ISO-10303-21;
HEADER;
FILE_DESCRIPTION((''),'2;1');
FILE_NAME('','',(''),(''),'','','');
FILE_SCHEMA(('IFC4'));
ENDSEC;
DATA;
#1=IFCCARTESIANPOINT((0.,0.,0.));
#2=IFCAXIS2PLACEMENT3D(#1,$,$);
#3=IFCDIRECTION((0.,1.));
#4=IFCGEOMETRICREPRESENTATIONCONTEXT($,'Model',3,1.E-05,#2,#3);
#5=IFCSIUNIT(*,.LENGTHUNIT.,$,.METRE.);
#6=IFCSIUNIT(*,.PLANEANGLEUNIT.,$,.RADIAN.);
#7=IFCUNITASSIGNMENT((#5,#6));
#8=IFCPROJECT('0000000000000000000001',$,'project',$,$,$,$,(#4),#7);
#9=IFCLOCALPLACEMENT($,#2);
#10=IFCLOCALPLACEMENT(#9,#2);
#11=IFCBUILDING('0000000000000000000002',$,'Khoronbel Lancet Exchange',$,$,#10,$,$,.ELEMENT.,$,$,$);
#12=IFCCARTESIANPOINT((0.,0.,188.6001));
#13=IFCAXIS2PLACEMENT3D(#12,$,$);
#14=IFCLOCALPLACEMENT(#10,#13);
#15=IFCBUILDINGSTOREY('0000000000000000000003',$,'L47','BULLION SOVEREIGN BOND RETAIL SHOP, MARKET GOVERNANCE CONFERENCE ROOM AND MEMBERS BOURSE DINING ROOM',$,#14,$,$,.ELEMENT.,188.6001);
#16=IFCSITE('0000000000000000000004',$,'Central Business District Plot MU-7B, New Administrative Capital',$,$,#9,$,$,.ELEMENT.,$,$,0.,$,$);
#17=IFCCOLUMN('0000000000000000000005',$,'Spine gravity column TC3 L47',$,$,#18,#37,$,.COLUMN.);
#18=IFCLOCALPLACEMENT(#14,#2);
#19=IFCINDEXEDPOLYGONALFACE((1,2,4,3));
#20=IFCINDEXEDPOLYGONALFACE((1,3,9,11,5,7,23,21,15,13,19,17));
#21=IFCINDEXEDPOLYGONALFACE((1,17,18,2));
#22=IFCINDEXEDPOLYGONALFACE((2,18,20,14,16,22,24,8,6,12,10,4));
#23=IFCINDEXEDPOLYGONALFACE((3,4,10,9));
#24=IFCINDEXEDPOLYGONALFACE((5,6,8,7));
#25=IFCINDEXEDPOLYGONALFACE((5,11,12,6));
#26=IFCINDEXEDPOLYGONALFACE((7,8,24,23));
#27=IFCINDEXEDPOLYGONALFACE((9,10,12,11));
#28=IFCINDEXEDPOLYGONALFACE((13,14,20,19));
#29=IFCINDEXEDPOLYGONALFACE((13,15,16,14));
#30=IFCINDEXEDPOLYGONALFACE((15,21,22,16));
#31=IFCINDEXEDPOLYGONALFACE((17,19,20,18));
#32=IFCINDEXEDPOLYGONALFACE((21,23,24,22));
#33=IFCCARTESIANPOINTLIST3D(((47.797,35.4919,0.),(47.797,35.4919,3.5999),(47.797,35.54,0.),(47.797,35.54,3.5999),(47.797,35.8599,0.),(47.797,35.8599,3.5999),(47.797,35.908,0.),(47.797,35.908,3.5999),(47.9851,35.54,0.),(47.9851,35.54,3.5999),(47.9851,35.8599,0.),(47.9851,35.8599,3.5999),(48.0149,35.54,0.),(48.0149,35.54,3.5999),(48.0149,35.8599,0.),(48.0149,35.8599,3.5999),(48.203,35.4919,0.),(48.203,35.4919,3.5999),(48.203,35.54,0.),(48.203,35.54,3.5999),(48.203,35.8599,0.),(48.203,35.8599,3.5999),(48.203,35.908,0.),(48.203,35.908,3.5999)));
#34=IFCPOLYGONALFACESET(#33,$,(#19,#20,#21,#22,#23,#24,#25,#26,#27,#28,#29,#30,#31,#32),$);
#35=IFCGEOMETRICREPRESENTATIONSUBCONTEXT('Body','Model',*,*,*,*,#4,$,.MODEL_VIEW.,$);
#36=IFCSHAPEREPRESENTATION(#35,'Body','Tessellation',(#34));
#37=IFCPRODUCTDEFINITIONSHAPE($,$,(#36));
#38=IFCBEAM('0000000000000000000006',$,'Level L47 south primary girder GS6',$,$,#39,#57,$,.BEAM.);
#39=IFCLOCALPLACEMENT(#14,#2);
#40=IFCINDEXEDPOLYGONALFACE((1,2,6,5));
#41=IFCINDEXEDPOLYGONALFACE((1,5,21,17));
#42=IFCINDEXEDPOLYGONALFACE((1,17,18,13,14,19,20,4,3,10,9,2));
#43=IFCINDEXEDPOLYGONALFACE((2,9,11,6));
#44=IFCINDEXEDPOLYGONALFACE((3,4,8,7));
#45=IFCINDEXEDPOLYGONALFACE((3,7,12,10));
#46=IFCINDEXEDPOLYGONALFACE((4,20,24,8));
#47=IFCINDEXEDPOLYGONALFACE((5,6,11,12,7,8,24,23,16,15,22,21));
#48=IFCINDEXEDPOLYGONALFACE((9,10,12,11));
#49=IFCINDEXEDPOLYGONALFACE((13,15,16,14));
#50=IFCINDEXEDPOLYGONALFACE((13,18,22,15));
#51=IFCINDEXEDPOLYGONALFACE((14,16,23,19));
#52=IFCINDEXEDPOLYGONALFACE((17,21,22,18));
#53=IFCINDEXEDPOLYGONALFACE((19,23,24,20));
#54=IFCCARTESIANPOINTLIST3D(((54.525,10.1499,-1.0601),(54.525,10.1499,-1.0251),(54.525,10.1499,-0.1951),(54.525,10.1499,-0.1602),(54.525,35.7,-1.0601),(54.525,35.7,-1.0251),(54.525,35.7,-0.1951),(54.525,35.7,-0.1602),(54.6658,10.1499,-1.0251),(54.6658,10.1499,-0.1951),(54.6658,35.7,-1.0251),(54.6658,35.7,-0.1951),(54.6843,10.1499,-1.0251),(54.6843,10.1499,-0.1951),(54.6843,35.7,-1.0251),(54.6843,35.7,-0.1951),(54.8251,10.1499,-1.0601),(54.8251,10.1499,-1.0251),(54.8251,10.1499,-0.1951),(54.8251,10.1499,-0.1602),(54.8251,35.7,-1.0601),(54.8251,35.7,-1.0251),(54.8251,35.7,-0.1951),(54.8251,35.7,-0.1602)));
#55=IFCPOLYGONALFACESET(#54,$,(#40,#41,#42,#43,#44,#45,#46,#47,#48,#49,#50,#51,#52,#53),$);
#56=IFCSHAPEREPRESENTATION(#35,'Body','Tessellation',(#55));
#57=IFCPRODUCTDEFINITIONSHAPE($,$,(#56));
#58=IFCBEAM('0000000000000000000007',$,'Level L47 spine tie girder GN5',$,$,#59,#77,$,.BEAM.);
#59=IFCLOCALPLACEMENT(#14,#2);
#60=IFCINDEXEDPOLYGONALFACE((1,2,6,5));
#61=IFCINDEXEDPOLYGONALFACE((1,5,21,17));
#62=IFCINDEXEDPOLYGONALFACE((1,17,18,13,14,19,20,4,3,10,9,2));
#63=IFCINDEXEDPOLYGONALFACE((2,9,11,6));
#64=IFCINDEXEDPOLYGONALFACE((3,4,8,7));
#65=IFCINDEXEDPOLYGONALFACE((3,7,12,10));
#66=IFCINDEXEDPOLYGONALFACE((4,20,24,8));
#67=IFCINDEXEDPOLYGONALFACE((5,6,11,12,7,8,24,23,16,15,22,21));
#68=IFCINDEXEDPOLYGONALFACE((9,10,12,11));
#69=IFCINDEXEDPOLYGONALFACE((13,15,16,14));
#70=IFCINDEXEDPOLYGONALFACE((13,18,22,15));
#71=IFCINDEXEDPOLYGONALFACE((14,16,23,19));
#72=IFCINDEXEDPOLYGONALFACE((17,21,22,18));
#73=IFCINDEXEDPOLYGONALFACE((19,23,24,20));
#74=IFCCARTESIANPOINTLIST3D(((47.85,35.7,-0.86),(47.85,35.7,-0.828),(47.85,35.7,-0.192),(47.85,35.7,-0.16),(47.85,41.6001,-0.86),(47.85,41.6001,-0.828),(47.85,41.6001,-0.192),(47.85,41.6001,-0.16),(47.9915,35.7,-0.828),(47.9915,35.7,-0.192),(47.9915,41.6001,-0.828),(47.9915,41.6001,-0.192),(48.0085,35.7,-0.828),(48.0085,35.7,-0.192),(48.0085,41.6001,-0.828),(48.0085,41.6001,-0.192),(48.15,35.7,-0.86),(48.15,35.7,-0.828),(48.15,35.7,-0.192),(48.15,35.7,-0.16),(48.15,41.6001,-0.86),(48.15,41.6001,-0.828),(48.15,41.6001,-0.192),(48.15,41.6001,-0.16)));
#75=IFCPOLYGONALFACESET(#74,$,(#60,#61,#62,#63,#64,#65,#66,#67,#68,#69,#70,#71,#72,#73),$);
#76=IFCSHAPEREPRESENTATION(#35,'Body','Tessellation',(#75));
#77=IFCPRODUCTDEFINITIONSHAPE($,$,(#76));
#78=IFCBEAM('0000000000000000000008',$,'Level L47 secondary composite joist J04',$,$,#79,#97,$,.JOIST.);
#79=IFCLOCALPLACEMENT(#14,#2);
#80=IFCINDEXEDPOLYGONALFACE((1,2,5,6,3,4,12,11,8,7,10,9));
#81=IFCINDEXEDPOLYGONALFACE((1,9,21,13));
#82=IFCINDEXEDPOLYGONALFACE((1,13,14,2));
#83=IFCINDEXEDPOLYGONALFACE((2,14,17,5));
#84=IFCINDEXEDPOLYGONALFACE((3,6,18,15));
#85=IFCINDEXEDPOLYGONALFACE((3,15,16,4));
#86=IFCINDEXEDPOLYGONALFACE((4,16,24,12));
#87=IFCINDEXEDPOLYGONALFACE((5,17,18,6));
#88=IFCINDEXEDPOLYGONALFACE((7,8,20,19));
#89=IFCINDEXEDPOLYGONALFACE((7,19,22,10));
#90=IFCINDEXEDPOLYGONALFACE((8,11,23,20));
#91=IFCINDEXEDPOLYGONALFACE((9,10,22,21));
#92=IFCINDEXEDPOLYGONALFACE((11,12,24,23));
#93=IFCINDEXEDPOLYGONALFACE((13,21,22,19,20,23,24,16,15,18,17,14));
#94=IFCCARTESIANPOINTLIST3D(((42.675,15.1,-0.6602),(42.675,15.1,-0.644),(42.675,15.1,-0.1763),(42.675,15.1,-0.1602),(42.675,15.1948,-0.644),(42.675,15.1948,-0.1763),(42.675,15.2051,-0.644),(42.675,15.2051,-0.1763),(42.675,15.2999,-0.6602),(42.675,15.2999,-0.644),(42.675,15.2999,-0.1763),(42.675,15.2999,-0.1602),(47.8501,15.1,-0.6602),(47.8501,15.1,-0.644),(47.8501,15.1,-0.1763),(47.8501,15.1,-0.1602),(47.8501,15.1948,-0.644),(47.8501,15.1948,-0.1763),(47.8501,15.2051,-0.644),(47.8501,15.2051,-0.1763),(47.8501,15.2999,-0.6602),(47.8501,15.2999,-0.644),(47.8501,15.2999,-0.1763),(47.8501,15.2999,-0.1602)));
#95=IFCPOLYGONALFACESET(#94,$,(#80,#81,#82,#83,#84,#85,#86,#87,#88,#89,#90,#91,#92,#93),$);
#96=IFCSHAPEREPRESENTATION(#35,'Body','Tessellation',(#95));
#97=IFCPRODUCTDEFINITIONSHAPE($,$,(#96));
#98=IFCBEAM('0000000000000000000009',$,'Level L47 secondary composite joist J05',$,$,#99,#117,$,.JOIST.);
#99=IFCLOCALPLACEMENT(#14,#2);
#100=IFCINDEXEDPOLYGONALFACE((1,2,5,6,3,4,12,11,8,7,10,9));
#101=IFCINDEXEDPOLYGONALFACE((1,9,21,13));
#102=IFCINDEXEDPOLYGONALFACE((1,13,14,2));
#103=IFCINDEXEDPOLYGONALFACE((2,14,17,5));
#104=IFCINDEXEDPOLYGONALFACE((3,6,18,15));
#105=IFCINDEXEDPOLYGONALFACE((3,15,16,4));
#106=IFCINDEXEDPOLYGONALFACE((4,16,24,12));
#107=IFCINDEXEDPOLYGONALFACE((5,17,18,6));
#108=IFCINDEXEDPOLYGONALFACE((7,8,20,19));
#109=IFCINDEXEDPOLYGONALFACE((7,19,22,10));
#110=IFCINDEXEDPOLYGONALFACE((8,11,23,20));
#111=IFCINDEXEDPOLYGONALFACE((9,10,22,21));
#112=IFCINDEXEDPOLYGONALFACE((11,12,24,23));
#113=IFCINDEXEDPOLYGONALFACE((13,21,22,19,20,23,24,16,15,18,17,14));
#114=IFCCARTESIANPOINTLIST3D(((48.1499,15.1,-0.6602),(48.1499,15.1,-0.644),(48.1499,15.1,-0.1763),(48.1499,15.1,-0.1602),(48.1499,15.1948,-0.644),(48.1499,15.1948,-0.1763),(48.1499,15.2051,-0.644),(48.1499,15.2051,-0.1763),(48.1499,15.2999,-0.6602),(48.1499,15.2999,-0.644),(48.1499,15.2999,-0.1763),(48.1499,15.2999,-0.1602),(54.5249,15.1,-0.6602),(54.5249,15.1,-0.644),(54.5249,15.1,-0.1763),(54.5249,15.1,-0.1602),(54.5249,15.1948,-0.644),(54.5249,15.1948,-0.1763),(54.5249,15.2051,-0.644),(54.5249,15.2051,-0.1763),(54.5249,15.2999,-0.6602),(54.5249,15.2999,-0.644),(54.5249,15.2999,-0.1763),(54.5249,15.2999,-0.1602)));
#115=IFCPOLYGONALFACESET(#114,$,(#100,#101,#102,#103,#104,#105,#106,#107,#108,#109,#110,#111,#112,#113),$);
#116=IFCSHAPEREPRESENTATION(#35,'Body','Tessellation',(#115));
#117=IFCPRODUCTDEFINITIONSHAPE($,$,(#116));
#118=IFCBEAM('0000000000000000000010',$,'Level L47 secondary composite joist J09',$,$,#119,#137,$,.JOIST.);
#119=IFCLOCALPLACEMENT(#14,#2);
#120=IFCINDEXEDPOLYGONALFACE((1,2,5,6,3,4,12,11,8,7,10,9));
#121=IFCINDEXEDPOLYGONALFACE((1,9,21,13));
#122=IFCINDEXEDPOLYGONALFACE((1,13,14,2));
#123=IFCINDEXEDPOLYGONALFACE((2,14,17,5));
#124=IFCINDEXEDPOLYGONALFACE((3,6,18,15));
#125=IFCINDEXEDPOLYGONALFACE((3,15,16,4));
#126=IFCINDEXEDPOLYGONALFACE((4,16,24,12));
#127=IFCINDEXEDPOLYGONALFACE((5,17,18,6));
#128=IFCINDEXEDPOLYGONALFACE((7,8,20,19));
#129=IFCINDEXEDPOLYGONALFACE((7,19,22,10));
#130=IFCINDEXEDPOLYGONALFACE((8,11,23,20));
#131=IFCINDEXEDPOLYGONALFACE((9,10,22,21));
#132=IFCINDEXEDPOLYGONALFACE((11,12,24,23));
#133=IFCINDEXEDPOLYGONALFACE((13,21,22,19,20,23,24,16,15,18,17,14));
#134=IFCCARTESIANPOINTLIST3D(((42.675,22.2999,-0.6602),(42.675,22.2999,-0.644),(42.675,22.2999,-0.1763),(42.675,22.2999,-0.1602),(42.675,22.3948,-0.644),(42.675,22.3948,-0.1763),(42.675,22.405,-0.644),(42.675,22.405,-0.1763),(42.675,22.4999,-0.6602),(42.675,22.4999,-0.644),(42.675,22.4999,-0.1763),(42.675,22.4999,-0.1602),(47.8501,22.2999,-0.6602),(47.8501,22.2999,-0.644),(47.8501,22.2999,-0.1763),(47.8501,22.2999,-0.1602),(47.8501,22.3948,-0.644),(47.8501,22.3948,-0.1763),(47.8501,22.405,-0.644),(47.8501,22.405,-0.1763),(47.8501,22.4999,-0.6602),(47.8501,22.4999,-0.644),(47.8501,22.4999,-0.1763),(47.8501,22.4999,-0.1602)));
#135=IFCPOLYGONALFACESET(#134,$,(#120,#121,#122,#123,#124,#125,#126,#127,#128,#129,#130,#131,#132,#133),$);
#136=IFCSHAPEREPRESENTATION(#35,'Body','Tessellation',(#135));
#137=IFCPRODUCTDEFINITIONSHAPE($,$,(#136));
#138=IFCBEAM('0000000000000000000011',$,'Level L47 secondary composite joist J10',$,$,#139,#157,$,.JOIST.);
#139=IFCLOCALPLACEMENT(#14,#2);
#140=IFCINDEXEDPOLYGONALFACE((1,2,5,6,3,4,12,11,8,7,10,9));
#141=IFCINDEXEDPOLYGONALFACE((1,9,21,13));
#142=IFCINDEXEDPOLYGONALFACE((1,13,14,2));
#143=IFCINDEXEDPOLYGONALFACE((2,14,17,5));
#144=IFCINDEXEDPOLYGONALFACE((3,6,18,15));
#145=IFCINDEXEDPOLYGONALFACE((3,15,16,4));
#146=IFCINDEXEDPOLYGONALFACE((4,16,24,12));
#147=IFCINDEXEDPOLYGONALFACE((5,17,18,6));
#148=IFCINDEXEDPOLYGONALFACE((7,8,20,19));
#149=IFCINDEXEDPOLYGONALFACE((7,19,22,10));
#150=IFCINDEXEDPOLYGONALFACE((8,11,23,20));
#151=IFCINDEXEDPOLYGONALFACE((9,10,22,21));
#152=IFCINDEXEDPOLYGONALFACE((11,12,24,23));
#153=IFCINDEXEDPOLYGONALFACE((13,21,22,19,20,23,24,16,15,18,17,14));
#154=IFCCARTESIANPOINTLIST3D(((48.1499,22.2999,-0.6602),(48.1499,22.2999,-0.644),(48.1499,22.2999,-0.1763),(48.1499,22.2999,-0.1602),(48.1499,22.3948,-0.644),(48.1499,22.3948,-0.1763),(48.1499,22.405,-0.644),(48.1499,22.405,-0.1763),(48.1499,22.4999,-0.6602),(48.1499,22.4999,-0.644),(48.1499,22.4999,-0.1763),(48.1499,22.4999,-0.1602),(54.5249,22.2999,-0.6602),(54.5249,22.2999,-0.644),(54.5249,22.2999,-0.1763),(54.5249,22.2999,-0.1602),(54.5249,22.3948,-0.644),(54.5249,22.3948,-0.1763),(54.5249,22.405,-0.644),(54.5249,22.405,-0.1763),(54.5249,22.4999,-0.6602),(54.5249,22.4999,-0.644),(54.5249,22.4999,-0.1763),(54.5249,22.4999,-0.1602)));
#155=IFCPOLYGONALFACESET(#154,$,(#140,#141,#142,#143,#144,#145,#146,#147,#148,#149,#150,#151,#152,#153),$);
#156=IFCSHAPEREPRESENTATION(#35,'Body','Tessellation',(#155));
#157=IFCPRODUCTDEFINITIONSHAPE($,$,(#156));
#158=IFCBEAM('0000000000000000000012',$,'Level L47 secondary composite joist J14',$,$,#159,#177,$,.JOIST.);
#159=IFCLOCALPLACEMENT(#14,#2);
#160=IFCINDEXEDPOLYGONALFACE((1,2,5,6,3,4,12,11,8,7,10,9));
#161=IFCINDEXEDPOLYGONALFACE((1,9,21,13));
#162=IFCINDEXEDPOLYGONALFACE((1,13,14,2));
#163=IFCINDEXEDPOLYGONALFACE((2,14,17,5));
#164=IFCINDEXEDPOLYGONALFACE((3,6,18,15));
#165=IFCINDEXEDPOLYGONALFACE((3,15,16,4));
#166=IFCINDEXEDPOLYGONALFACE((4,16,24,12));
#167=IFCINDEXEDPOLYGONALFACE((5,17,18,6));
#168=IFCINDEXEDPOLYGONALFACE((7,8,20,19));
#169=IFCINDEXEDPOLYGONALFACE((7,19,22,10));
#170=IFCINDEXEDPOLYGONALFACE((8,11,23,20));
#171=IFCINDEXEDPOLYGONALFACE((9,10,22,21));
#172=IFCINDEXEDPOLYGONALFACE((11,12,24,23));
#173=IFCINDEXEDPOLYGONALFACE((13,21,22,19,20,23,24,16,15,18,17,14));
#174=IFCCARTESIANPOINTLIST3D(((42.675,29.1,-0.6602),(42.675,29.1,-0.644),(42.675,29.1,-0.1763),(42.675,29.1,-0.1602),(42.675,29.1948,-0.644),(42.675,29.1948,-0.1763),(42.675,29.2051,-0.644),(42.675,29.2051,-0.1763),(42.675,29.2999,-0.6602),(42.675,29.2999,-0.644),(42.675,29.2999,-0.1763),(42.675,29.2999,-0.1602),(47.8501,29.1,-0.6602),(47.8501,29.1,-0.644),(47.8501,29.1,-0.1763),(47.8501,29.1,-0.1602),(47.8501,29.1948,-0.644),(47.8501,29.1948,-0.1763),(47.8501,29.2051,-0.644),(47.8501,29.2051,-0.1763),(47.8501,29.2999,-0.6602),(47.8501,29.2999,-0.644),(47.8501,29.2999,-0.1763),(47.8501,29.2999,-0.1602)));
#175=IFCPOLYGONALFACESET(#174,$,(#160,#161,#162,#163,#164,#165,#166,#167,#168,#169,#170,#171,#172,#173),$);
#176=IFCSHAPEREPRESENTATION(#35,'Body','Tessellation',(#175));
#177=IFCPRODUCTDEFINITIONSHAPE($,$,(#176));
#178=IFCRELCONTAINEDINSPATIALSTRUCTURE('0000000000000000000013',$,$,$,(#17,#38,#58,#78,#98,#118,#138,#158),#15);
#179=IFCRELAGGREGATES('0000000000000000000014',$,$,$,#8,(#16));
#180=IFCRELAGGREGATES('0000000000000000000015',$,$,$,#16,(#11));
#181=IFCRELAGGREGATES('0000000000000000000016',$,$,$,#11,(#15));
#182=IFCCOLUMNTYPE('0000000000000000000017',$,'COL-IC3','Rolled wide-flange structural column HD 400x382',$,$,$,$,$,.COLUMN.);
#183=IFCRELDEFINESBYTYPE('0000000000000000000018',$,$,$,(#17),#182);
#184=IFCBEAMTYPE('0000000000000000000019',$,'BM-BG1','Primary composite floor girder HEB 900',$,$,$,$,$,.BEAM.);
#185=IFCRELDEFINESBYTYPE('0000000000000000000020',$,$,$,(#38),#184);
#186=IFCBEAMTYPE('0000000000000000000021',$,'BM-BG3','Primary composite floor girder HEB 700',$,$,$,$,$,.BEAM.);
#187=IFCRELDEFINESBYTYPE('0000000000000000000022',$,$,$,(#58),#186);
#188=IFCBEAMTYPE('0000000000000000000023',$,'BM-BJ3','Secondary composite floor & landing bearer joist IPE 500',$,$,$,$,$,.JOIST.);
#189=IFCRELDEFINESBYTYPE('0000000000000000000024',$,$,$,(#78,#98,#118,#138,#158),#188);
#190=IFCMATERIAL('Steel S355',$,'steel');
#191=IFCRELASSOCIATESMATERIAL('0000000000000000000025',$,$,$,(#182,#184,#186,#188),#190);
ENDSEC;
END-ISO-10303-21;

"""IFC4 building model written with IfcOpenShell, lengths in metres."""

from ifc_helpers import new_model, si_unit, direction, frame, origin, origin_2d, place, context, subcontext, project, spatial, i_section, extrude, material, material_profile, profile_set, type_object, element, save


model = new_model("IFC4")

# Units and contexts
model_context = context("Model", 3, precision=1e-05, world=origin(), true_north=direction((0.0, 1.0)))
body_context = subcontext(model_context, "Body", "Model", "MODEL_VIEW")
ifc_project = project(units=[si_unit("LENGTHUNIT", "METRE"), si_unit("PLANEANGLEUNIT", "RADIAN")], contexts=[model_context])

# Site, building, storey
site_placement = place(None, origin())
site = spatial("IfcSite", under=ifc_project, at=site_placement, Name="Central Business District Plot MU-7B, New Administrative Capital", CompositionType="ELEMENT", RefElevation=0.0)
building_placement = place(site_placement, origin())
building = spatial("IfcBuilding", under=site, at=building_placement, Name="Khoronbel Lancet Exchange", CompositionType="ELEMENT")
storey_placement = place(building_placement, frame((0.0, 0.0, 188.6001)))
storey = spatial("IfcBuildingStorey", under=building, at=storey_placement, Name="L47", Description="BULLION SOVEREIGN BOND RETAIL SHOP, MARKET GOVERNANCE CONFERENCE ROOM AND MEMBERS BOURSE DINING ROOM", CompositionType="ELEMENT", Elevation=188.6001)

# Column
ifc_material_1 = material(Name="Steel S355", Category="steel")
ifc_material_profile_1 = material_profile(ifc_material_1, i_section(OverallWidth=0.406, OverallDepth=0.416, WebThickness=0.0298, FlangeThickness=0.0481, at=origin_2d()), Name="HD 400x382")
ifc_profile_set_1 = profile_set([ifc_material_profile_1], Name="Steel S355")
column_type = type_object("IfcColumnType", Name="COL-IC3", Description="Rolled wide-flange structural column HD 400x382", PredefinedType="COLUMN", material=ifc_profile_set_1)
column_placement = place(storey_placement, frame((48.0, 35.7, 0.0), z_axis=(0.0, 0.0, 1.0), x_axis=(1.0, 0.0, 0.0)))
element("IfcColumn", 1, at=column_placement, inside=storey, type_object=column_type, Name="Spine gravity column TC3 L47", PredefinedType="COLUMN", context=body_context, shape_type="SweptSolid", body=[
    extrude(i_section(OverallWidth=0.406, OverallDepth=0.416, WebThickness=0.0298, FlangeThickness=0.0481, at=origin_2d()), origin(), (0.0, 0.0, 1.0), 3.5999),
])

# Beams
ifc_material_profile_2 = material_profile(ifc_material_1, i_section(OverallWidth=0.3, OverallDepth=0.8999, WebThickness=0.0186, FlangeThickness=0.0349, at=origin_2d()), Name="HEB 900")
ifc_profile_set_2 = profile_set([ifc_material_profile_2], Name="Steel S355")
beam_type_1 = type_object("IfcBeamType", Name="BM-BG1", Description="Primary composite floor girder HEB 900", PredefinedType="BEAM", material=ifc_profile_set_2)
beam_1_placement = place(storey_placement, frame((54.675, 10.1499, -0.6101), z_axis=(0.0, 1.0, 0.0), x_axis=(-1.0, 0.0, 0.0)))
element("IfcBeam", 2, at=beam_1_placement, inside=storey, type_object=beam_type_1, Name="Level L47 south primary girder GS6", PredefinedType="BEAM", context=body_context, shape_type="SweptSolid", body=[
    extrude(i_section(OverallWidth=0.3, OverallDepth=0.8999, WebThickness=0.0186, FlangeThickness=0.0349, at=origin_2d()), origin(), (0.0, 0.0, 1.0), 25.55),
])
ifc_material_profile_3 = material_profile(ifc_material_1, i_section(OverallWidth=0.3, OverallDepth=0.7, WebThickness=0.0171, FlangeThickness=0.032, at=origin_2d()), Name="HEB 700")
ifc_profile_set_3 = profile_set([ifc_material_profile_3], Name="Steel S355")
beam_type_2 = type_object("IfcBeamType", Name="BM-BG3", Description="Primary composite floor girder HEB 700", PredefinedType="BEAM", material=ifc_profile_set_3)
beam_2_placement = place(storey_placement, frame((48.0, 35.7, -0.51), z_axis=(0.0, 1.0, 0.0), x_axis=(-1.0, 0.0, 0.0)))
element("IfcBeam", 3, at=beam_2_placement, inside=storey, type_object=beam_type_2, Name="Level L47 spine tie girder GN5", PredefinedType="BEAM", context=body_context, shape_type="SweptSolid", body=[
    extrude(i_section(OverallWidth=0.3, OverallDepth=0.7, WebThickness=0.0171, FlangeThickness=0.032, at=origin_2d()), origin(), (0.0, 0.0, 1.0), 5.9001),
])
ifc_material_profile_4 = material_profile(ifc_material_1, i_section(OverallWidth=0.2, OverallDepth=0.5, WebThickness=0.0103, FlangeThickness=0.0161, at=origin_2d()), Name="IPE 500")
ifc_profile_set_4 = profile_set([ifc_material_profile_4], Name="Steel S355")
beam_type_3 = type_object("IfcBeamType", Name="BM-BJ3", Description="Secondary composite floor & landing bearer joist IPE 500", PredefinedType="JOIST", material=ifc_profile_set_4)
beam_3_placement = place(storey_placement, frame((42.675, 15.2, -0.4102), z_axis=(1.0, 0.0, 0.0), x_axis=(0.0, 1.0, 0.0)))
element("IfcBeam", 4, at=beam_3_placement, inside=storey, type_object=beam_type_3, Name="Level L47 secondary composite joist J04", PredefinedType="JOIST", context=body_context, shape_type="SweptSolid", body=[
    extrude(i_section(OverallWidth=0.2, OverallDepth=0.5, WebThickness=0.0103, FlangeThickness=0.0161, at=origin_2d()), origin(), (0.0, 0.0, 1.0), 5.175),
])
beam_4_placement = place(storey_placement, frame((48.1499, 15.2, -0.4102), z_axis=(1.0, 0.0, 0.0), x_axis=(0.0, 1.0, 0.0)))
element("IfcBeam", 5, at=beam_4_placement, inside=storey, type_object=beam_type_3, Name="Level L47 secondary composite joist J05", PredefinedType="JOIST", context=body_context, shape_type="SweptSolid", body=[
    extrude(i_section(OverallWidth=0.2, OverallDepth=0.5, WebThickness=0.0103, FlangeThickness=0.0161, at=origin_2d()), origin(), (0.0, 0.0, 1.0), 6.375),
])
beam_5_placement = place(storey_placement, frame((42.675, 22.3999, -0.4102), z_axis=(1.0, 0.0, 0.0), x_axis=(0.0, 1.0, 0.0)))
element("IfcBeam", 6, at=beam_5_placement, inside=storey, type_object=beam_type_3, Name="Level L47 secondary composite joist J09", PredefinedType="JOIST", context=body_context, shape_type="SweptSolid", body=[
    extrude(i_section(OverallWidth=0.2, OverallDepth=0.5, WebThickness=0.0103, FlangeThickness=0.0161, at=origin_2d()), origin(), (0.0, 0.0, 1.0), 5.175),
])
beam_6_placement = place(storey_placement, frame((48.1499, 22.3999, -0.4102), z_axis=(1.0, 0.0, 0.0), x_axis=(0.0, 1.0, 0.0)))
element("IfcBeam", 7, at=beam_6_placement, inside=storey, type_object=beam_type_3, Name="Level L47 secondary composite joist J10", PredefinedType="JOIST", context=body_context, shape_type="SweptSolid", body=[
    extrude(i_section(OverallWidth=0.2, OverallDepth=0.5, WebThickness=0.0103, FlangeThickness=0.0161, at=origin_2d()), origin(), (0.0, 0.0, 1.0), 6.375),
])
beam_7_placement = place(storey_placement, frame((42.675, 29.2, -0.4102), z_axis=(1.0, 0.0, 0.0), x_axis=(0.0, 1.0, 0.0)))
element("IfcBeam", 8, at=beam_7_placement, inside=storey, type_object=beam_type_3, Name="Level L47 secondary composite joist J14", PredefinedType="JOIST", context=body_context, shape_type="SweptSolid", body=[
    extrude(i_section(OverallWidth=0.2, OverallDepth=0.5, WebThickness=0.0103, FlangeThickness=0.0161, at=origin_2d()), origin(), (0.0, 0.0, 1.0), 5.175),
])

save(model, "model.ifc")
